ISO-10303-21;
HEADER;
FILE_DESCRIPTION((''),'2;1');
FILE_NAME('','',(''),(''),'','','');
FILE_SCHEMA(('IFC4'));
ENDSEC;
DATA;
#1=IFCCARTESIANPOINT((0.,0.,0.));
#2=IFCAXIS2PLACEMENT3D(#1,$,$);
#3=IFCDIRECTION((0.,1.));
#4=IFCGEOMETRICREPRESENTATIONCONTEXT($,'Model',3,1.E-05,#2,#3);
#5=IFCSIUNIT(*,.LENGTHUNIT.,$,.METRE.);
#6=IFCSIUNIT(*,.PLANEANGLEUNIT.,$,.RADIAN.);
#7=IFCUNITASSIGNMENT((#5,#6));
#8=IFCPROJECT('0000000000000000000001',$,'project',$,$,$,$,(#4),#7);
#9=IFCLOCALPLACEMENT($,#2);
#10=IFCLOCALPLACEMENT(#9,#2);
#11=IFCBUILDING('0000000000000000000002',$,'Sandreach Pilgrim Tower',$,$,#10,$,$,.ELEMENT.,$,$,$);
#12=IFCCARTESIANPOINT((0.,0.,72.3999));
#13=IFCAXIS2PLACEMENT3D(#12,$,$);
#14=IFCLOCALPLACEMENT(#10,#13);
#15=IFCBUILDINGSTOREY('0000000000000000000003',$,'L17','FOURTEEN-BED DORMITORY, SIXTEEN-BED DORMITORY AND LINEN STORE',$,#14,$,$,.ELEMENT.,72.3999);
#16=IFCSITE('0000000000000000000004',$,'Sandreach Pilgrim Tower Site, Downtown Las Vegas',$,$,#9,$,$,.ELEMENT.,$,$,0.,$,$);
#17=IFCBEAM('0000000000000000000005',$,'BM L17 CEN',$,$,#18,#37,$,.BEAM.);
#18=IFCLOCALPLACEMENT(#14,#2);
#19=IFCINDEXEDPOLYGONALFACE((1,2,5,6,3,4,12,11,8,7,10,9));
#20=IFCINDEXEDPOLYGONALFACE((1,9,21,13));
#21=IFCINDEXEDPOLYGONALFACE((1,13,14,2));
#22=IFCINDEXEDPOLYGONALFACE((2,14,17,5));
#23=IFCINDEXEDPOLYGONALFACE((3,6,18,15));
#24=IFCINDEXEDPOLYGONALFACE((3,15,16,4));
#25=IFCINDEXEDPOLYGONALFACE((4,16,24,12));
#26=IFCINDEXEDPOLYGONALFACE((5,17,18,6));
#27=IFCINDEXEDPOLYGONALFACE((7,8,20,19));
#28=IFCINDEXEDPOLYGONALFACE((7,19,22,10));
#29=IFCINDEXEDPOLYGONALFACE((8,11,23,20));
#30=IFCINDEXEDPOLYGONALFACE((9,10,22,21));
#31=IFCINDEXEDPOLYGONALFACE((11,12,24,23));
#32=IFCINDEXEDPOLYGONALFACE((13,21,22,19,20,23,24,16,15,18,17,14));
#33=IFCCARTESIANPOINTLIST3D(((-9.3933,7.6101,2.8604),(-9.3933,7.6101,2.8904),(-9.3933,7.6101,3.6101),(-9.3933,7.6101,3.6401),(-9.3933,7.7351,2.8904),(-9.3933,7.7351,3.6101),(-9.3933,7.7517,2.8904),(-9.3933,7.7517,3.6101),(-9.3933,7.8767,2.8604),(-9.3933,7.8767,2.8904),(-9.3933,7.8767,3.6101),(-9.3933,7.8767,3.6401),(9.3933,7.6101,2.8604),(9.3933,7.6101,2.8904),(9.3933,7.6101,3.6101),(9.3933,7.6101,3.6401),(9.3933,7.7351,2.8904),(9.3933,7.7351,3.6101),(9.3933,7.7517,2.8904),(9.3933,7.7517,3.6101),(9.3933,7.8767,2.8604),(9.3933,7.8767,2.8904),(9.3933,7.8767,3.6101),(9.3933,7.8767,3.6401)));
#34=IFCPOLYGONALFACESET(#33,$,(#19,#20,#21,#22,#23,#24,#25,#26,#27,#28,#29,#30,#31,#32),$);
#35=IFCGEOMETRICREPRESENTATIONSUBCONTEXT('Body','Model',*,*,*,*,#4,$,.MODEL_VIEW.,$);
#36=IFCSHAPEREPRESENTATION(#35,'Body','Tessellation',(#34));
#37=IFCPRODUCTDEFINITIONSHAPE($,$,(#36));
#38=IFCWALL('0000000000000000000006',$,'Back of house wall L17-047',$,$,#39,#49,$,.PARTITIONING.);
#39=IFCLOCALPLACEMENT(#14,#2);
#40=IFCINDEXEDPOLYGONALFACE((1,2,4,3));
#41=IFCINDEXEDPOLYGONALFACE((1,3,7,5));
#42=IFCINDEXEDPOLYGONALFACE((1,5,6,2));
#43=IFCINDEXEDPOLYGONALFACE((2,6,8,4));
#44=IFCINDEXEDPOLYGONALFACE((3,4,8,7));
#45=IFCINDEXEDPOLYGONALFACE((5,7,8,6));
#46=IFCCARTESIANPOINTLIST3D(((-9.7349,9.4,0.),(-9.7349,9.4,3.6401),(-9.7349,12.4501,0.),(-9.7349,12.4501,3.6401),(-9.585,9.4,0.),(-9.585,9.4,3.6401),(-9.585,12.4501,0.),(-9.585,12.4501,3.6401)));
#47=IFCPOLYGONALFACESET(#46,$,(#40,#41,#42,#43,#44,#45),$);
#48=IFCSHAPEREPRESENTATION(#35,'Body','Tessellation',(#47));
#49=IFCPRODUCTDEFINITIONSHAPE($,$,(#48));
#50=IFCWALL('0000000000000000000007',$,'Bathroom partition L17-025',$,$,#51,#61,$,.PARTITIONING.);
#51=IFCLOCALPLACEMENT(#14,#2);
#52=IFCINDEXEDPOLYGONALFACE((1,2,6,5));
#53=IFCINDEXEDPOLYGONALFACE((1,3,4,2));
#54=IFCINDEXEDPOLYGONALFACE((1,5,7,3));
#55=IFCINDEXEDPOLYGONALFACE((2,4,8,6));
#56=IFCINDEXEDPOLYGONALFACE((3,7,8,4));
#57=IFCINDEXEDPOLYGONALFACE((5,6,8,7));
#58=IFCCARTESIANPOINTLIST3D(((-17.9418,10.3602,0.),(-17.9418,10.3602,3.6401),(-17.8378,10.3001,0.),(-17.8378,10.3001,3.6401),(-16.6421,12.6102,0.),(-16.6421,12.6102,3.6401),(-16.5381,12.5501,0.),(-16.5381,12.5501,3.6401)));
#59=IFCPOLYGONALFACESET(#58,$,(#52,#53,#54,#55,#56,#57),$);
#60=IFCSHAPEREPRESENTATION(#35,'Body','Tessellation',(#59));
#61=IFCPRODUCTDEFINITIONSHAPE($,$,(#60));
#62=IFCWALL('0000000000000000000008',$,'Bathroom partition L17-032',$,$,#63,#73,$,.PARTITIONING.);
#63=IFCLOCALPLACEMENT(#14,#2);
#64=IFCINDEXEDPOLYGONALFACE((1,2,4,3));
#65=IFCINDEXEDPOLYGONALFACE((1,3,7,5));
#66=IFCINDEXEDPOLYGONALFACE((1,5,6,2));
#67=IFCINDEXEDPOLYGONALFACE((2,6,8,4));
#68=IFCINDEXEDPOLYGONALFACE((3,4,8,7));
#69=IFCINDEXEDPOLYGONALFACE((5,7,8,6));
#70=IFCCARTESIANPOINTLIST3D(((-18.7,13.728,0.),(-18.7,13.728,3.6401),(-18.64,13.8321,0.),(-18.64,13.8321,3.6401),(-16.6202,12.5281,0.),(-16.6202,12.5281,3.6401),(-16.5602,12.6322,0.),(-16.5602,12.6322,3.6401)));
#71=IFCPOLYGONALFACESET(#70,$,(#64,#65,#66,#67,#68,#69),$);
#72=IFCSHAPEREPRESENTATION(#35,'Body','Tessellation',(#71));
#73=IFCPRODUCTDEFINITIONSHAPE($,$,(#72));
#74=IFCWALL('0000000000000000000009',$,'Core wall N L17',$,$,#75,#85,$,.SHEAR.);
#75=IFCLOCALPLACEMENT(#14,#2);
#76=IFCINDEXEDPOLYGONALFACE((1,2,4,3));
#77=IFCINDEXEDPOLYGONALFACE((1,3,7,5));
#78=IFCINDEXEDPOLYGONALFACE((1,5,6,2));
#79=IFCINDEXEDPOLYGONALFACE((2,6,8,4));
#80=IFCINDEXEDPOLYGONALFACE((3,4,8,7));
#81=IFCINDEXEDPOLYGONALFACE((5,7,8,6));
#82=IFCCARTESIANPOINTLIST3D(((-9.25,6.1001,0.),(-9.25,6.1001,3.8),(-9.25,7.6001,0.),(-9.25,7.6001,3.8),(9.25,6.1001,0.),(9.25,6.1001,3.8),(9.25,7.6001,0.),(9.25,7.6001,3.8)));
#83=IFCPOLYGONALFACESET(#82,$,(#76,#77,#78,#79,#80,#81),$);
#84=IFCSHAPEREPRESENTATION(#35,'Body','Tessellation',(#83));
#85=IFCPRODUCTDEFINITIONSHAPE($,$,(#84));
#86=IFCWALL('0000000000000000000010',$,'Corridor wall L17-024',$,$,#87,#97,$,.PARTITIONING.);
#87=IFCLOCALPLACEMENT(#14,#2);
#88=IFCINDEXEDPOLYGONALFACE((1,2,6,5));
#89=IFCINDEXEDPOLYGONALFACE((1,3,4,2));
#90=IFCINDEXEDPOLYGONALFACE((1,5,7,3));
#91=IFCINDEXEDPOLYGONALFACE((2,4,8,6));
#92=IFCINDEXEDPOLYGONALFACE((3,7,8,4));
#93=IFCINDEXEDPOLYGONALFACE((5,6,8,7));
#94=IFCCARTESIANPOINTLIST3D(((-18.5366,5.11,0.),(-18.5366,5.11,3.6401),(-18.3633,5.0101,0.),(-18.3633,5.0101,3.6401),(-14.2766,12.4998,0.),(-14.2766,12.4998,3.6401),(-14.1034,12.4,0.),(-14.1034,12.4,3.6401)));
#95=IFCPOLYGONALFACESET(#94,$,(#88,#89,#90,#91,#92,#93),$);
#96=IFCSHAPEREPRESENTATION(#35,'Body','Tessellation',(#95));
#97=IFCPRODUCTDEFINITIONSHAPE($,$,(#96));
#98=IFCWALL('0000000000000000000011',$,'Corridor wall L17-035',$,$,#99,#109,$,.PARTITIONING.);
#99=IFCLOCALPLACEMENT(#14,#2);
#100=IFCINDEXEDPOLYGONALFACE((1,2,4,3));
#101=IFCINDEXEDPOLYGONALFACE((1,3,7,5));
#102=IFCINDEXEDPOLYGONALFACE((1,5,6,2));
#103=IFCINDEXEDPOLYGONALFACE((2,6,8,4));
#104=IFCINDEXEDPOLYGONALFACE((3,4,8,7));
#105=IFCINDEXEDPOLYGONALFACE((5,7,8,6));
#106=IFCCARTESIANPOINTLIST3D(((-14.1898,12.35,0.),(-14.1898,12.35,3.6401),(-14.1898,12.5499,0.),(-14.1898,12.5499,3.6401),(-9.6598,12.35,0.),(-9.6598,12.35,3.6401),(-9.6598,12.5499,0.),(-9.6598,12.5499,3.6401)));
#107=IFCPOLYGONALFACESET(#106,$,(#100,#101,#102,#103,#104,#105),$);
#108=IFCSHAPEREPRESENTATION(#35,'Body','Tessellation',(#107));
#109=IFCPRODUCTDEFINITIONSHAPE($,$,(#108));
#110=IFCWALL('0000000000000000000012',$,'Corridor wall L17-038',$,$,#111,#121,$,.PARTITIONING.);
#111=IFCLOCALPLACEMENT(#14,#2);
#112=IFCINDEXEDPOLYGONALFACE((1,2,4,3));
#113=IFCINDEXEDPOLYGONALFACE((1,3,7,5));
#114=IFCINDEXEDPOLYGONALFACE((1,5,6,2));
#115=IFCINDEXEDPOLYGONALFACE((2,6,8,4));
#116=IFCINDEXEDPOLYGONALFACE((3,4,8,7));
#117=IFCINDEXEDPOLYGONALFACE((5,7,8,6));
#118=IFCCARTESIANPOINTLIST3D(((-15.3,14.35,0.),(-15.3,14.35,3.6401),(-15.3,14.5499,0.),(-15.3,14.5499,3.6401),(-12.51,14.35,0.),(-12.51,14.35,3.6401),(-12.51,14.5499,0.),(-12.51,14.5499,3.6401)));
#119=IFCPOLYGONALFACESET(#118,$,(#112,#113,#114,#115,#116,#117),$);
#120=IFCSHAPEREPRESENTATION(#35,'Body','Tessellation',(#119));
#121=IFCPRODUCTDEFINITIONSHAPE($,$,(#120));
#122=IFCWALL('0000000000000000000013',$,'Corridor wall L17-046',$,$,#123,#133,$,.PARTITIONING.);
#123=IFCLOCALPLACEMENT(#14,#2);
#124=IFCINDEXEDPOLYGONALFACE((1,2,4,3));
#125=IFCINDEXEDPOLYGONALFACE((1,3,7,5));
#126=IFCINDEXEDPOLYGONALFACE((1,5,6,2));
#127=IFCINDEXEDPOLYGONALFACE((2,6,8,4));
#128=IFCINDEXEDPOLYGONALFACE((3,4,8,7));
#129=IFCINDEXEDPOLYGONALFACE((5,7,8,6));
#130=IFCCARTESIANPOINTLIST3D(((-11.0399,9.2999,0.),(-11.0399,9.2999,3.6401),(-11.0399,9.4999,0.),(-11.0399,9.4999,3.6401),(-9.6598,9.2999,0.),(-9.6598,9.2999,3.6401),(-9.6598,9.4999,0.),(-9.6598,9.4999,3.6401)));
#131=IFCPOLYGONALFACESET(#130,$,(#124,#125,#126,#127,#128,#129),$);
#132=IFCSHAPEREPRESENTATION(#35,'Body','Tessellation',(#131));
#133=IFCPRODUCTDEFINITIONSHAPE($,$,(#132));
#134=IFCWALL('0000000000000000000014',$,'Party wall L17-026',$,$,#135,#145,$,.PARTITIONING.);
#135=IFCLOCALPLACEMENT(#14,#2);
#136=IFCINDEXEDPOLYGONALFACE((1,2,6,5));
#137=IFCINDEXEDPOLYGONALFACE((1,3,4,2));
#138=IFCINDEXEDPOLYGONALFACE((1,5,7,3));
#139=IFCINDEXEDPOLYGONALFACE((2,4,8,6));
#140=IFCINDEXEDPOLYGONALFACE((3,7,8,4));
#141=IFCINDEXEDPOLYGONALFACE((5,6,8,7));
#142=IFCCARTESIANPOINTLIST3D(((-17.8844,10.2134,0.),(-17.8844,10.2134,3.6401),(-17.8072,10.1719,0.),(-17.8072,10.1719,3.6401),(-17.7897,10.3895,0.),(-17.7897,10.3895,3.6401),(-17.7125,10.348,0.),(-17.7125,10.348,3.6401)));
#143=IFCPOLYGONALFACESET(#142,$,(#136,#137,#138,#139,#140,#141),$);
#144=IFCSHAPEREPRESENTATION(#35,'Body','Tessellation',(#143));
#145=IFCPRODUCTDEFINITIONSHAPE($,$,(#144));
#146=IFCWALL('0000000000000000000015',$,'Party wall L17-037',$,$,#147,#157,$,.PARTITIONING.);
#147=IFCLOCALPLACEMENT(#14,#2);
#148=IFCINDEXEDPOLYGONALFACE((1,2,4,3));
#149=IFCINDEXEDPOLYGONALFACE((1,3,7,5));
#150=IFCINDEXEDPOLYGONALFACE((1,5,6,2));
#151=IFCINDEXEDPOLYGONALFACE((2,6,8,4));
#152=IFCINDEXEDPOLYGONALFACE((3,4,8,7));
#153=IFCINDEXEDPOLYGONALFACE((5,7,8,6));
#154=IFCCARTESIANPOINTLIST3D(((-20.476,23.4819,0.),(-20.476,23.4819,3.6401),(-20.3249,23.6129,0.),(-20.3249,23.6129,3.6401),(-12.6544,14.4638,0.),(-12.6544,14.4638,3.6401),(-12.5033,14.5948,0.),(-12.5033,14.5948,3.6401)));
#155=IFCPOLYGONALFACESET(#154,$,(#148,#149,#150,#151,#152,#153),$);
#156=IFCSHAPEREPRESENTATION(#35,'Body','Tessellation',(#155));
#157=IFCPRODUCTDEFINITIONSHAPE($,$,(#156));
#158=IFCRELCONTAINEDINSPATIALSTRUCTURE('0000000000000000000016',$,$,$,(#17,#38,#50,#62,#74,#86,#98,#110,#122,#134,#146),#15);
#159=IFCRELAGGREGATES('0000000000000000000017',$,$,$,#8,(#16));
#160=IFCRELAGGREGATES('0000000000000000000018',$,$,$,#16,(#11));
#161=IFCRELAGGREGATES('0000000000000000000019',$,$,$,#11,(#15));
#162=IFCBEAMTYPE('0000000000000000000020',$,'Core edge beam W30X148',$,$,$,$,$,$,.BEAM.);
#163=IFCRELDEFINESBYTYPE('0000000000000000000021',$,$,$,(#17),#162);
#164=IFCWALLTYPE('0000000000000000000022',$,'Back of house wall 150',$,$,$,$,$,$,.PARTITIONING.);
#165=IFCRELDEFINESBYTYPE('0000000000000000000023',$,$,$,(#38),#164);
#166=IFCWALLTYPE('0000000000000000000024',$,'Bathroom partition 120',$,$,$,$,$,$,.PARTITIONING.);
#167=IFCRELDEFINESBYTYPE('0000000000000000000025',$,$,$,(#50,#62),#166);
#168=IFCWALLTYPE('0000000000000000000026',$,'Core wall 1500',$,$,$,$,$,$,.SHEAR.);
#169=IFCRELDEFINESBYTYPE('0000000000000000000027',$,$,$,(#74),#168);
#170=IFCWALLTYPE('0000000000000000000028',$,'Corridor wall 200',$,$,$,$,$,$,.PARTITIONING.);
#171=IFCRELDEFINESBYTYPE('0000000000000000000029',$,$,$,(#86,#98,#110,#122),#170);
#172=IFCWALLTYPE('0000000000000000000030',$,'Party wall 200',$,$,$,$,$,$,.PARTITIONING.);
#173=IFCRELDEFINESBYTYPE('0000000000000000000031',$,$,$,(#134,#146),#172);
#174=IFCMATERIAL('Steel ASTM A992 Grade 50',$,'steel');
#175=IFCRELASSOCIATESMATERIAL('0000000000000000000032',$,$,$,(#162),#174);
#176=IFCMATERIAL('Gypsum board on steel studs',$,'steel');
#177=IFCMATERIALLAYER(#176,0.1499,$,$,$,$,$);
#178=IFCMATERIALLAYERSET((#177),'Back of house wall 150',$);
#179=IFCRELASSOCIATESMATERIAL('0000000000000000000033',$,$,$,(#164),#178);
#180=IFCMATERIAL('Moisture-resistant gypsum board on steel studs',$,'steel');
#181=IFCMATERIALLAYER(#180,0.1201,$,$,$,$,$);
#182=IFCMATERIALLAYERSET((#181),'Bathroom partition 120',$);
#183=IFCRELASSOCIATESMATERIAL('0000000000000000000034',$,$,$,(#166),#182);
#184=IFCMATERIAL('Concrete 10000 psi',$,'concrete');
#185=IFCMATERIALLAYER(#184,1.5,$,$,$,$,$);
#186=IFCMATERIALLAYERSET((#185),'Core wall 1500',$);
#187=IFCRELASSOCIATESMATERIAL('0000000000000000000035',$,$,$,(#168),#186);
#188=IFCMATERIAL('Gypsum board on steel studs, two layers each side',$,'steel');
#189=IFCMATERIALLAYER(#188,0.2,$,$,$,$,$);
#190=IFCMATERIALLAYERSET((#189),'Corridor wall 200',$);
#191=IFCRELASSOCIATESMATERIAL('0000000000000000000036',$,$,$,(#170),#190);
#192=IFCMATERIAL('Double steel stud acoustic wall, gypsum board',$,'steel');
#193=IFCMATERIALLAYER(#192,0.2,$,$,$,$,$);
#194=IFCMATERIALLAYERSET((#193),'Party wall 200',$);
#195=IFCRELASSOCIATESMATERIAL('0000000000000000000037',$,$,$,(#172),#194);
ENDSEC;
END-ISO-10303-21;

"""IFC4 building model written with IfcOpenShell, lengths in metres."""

from ifc_helpers import new_model, si_unit, direction, frame, frame_2d, origin, origin_2d, place, context, subcontext, project, spatial, rectangle, i_section, extrude, material, layer, layer_set, material_profile, profile_set, type_object, element, save


model = new_model("IFC4")

# Units and contexts
model_context = context("Model", 3, precision=1e-05, world=origin(), true_north=direction((0.0, 1.0)))
body_context = subcontext(model_context, "Body", "Model", "MODEL_VIEW")
ifc_project = project(units=[si_unit("LENGTHUNIT", "METRE"), si_unit("PLANEANGLEUNIT", "RADIAN")], contexts=[model_context])

# Site, building, storey
site_placement = place(None, origin())
site = spatial("IfcSite", under=ifc_project, at=site_placement, Name="Sandreach Pilgrim Tower Site, Downtown Las Vegas", CompositionType="ELEMENT", RefElevation=0.0)
building_placement = place(site_placement, origin())
building = spatial("IfcBuilding", under=site, at=building_placement, Name="Sandreach Pilgrim Tower", CompositionType="ELEMENT")
storey_placement = place(building_placement, frame((0.0, 0.0, 72.3999)))
storey = spatial("IfcBuildingStorey", under=building, at=storey_placement, Name="L17", Description="FOURTEEN-BED DORMITORY, SIXTEEN-BED DORMITORY AND LINEN STORE", CompositionType="ELEMENT", Elevation=72.3999)

# Beam
ifc_material_1 = material(Name="Steel ASTM A992 Grade 50", Category="steel")
ifc_material_profile = material_profile(ifc_material_1, i_section(OverallWidth=0.2666, OverallDepth=0.7798, WebThickness=0.0166, FlangeThickness=0.03, at=origin_2d()), Name="W30X148")
ifc_profile_set = profile_set([ifc_material_profile], Name="Steel ASTM A992 Grade 50")
beam_type = type_object("IfcBeamType", Name="Core edge beam W30X148", PredefinedType="BEAM", material=ifc_profile_set)
beam_placement = place(storey_placement, frame((-9.3933, 7.7434, 3.2502), z_axis=(1.0, 0.0, 0.0), x_axis=(0.0, 1.0, 0.0)))
element("IfcBeam", 1, at=beam_placement, inside=storey, type_object=beam_type, Name="BM L17 CEN", PredefinedType="BEAM", context=body_context, shape_type="SweptSolid", body=[
    extrude(i_section(OverallWidth=0.2666, OverallDepth=0.7798, WebThickness=0.0166, FlangeThickness=0.03, at=origin_2d()), origin(), (0.0, 0.0, 1.0), 18.7866),
])

# Walls
ifc_material_2 = material(Name="Gypsum board on steel studs", Category="steel")
ifc_layer_1 = layer(ifc_material_2, 0.1499)
ifc_layer_set_1 = layer_set([ifc_layer_1], Name="Back of house wall 150")
wall_type_1 = type_object("IfcWallType", Name="Back of house wall 150", PredefinedType="PARTITIONING", material=ifc_layer_set_1)
wall_1_placement = place(storey_placement, frame((-9.6599, 12.45, 0.0), z_axis=(0.0, 0.0, 1.0), x_axis=(0.0, -1.0, 0.0)))
element("IfcWall", 2, at=wall_1_placement, inside=storey, type_object=wall_type_1, Name="Back of house wall L17-047", PredefinedType="PARTITIONING", context=body_context, shape_type="SweptSolid", body=[
    extrude(rectangle(XDim=3.05, YDim=0.1499, at=frame_2d((1.5249, 0.0))), origin(), (0.0, 0.0, 1.0), 3.6401),
])
ifc_material_3 = material(Name="Moisture-resistant gypsum board on steel studs", Category="steel")
ifc_layer_2 = layer(ifc_material_3, 0.1201)
ifc_layer_set_2 = layer_set([ifc_layer_2], Name="Bathroom partition 120")
wall_type_2 = type_object("IfcWallType", Name="Bathroom partition 120", PredefinedType="PARTITIONING", material=ifc_layer_set_2)
wall_2_placement = place(storey_placement, frame((-17.8899, 10.3301, 0.0), z_axis=(0.0, 0.0, 1.0), x_axis=(0.500221, 0.865898, 0.0)))
element("IfcWall", 3, at=wall_2_placement, inside=storey, type_object=wall_type_2, Name="Bathroom partition L17-025", PredefinedType="PARTITIONING", context=body_context, shape_type="SweptSolid", body=[
    extrude(rectangle(XDim=2.5984, YDim=0.1201, at=frame_2d((1.2993, 0.0))), origin(), (0.0, 0.0, 1.0), 3.6401),
])
wall_3_placement = place(storey_placement, frame((-16.5901, 12.5801, 0.0), z_axis=(0.0, 0.0, 1.0), x_axis=(-0.866177, 0.499737, 0.0)))
element("IfcWall", 4, at=wall_3_placement, inside=storey, type_object=wall_type_2, Name="Bathroom partition L17-032", PredefinedType="PARTITIONING", context=body_context, shape_type="SweptSolid", body=[
    extrude(rectangle(XDim=2.4011, YDim=0.1201, at=frame_2d((1.2007, 0.0))), origin(), (0.0, 0.0, 1.0), 3.6401),
])
ifc_material_4 = material(Name="Concrete 10000 psi", Category="concrete")
ifc_layer_3 = layer(ifc_material_4, 1.5)
ifc_layer_set_3 = layer_set([ifc_layer_3], Name="Core wall 1500")
wall_type_3 = type_object("IfcWallType", Name="Core wall 1500", PredefinedType="SHEAR", material=ifc_layer_set_3)
wall_4_placement = place(storey_placement, frame((-9.25, 6.8501, 0.0), z_axis=(0.0, 0.0, 1.0), x_axis=(1.0, 0.0, 0.0)))
element("IfcWall", 5, at=wall_4_placement, inside=storey, type_object=wall_type_3, Name="Core wall N L17", PredefinedType="SHEAR", context=body_context, shape_type="SweptSolid", body=[
    extrude(rectangle(XDim=18.5, YDim=1.5, at=frame_2d((9.25, 0.0))), origin(), (0.0, 0.0, 1.0), 3.8),
])
ifc_material_5 = material(Name="Gypsum board on steel studs, two layers each side", Category="steel")
ifc_layer_4 = layer(ifc_material_5, 0.2)
ifc_layer_set_4 = layer_set([ifc_layer_4], Name="Corridor wall 200")
wall_type_4 = type_object("IfcWallType", Name="Corridor wall 200", PredefinedType="PARTITIONING", material=ifc_layer_set_4)
wall_5_placement = place(storey_placement, frame((-18.45, 5.0601, 0.0), z_axis=(0.0, 0.0, 1.0), x_axis=(0.499424, 0.866358, 0.0)))
element("IfcWall", 6, at=wall_5_placement, inside=storey, type_object=wall_type_4, Name="Corridor wall L17-024", PredefinedType="PARTITIONING", context=body_context, shape_type="SweptSolid", body=[
    extrude(rectangle(XDim=8.5298, YDim=0.2, at=frame_2d((4.2649, 0.0))), origin(), (0.0, 0.0, 1.0), 3.6401),
])

# Walls
wall_6_placement = place(storey_placement, frame((-14.1899, 12.45, 0.0), z_axis=(0.0, 0.0, 1.0), x_axis=(1.0, 0.0, 0.0)))
element("IfcWall", 7, at=wall_6_placement, inside=storey, type_object=wall_type_4, Name="Corridor wall L17-035", PredefinedType="PARTITIONING", context=body_context, shape_type="SweptSolid", body=[
    extrude(rectangle(XDim=4.53, YDim=0.2, at=frame_2d((2.2651, 0.0))), origin(), (0.0, 0.0, 1.0), 3.6401),
])
wall_7_placement = place(storey_placement, frame((-12.51, 14.45, 0.0), z_axis=(0.0, 0.0, 1.0), x_axis=(-1.0, 0.0, 0.0)))
element("IfcWall", 8, at=wall_7_placement, inside=storey, type_object=wall_type_4, Name="Corridor wall L17-038", PredefinedType="PARTITIONING", context=body_context, shape_type="SweptSolid", body=[
    extrude(rectangle(XDim=2.79, YDim=0.2, at=frame_2d((1.395, 0.0))), origin(), (0.0, 0.0, 1.0), 3.6401),
])

# Wall
wall_8_placement = place(storey_placement, frame((-9.6599, 9.3999, 0.0), z_axis=(0.0, 0.0, 1.0), x_axis=(-1.0, 0.0, 0.0)))
element("IfcWall", 9, at=wall_8_placement, inside=storey, type_object=wall_type_4, Name="Corridor wall L17-046", PredefinedType="PARTITIONING", context=body_context, shape_type="SweptSolid", body=[
    extrude(rectangle(XDim=1.3801, YDim=0.2, at=frame_2d((0.6899, 0.0))), origin(), (0.0, 0.0, 1.0), 3.6401),
])

# Walls
ifc_material_6 = material(Name="Double steel stud acoustic wall, gypsum board", Category="steel")
ifc_layer_5 = layer(ifc_material_6, 0.2)
ifc_layer_set_5 = layer_set([ifc_layer_5], Name="Party wall 200")
wall_type_5 = type_object("IfcWallType", Name="Party wall 200", PredefinedType="PARTITIONING", material=ifc_layer_set_5)
wall_9_placement = place(storey_placement, frame((-17.8372, 10.3015, 0.0), z_axis=(0.0, 0.0, 1.0), x_axis=(0.88065, -0.473767, 0.0)))
element("IfcWall", 10, at=wall_9_placement, inside=storey, type_object=wall_type_5, Name="Party wall L17-026", PredefinedType="PARTITIONING", context=body_context, shape_type="SweptSolid", body=[
    extrude(rectangle(XDim=0.0876, YDim=0.2, at=frame_2d((0.0439, 0.0))), origin(), (0.0, 0.0, 1.0), 3.6401),
])
wall_10_placement = place(storey_placement, frame((-12.5789, 14.5293, 0.0), z_axis=(0.0, 0.0, 1.0), x_axis=(-0.655212, 0.755445, 0.0)))
element("IfcWall", 11, at=wall_10_placement, inside=storey, type_object=wall_type_5, Name="Party wall L17-037", PredefinedType="PARTITIONING", context=body_context, shape_type="SweptSolid", body=[
    extrude(rectangle(XDim=11.9375, YDim=0.2, at=frame_2d((5.9688, 0.0))), origin(), (0.0, 0.0, 1.0), 3.6401),
])

save(model, "model.ifc")
